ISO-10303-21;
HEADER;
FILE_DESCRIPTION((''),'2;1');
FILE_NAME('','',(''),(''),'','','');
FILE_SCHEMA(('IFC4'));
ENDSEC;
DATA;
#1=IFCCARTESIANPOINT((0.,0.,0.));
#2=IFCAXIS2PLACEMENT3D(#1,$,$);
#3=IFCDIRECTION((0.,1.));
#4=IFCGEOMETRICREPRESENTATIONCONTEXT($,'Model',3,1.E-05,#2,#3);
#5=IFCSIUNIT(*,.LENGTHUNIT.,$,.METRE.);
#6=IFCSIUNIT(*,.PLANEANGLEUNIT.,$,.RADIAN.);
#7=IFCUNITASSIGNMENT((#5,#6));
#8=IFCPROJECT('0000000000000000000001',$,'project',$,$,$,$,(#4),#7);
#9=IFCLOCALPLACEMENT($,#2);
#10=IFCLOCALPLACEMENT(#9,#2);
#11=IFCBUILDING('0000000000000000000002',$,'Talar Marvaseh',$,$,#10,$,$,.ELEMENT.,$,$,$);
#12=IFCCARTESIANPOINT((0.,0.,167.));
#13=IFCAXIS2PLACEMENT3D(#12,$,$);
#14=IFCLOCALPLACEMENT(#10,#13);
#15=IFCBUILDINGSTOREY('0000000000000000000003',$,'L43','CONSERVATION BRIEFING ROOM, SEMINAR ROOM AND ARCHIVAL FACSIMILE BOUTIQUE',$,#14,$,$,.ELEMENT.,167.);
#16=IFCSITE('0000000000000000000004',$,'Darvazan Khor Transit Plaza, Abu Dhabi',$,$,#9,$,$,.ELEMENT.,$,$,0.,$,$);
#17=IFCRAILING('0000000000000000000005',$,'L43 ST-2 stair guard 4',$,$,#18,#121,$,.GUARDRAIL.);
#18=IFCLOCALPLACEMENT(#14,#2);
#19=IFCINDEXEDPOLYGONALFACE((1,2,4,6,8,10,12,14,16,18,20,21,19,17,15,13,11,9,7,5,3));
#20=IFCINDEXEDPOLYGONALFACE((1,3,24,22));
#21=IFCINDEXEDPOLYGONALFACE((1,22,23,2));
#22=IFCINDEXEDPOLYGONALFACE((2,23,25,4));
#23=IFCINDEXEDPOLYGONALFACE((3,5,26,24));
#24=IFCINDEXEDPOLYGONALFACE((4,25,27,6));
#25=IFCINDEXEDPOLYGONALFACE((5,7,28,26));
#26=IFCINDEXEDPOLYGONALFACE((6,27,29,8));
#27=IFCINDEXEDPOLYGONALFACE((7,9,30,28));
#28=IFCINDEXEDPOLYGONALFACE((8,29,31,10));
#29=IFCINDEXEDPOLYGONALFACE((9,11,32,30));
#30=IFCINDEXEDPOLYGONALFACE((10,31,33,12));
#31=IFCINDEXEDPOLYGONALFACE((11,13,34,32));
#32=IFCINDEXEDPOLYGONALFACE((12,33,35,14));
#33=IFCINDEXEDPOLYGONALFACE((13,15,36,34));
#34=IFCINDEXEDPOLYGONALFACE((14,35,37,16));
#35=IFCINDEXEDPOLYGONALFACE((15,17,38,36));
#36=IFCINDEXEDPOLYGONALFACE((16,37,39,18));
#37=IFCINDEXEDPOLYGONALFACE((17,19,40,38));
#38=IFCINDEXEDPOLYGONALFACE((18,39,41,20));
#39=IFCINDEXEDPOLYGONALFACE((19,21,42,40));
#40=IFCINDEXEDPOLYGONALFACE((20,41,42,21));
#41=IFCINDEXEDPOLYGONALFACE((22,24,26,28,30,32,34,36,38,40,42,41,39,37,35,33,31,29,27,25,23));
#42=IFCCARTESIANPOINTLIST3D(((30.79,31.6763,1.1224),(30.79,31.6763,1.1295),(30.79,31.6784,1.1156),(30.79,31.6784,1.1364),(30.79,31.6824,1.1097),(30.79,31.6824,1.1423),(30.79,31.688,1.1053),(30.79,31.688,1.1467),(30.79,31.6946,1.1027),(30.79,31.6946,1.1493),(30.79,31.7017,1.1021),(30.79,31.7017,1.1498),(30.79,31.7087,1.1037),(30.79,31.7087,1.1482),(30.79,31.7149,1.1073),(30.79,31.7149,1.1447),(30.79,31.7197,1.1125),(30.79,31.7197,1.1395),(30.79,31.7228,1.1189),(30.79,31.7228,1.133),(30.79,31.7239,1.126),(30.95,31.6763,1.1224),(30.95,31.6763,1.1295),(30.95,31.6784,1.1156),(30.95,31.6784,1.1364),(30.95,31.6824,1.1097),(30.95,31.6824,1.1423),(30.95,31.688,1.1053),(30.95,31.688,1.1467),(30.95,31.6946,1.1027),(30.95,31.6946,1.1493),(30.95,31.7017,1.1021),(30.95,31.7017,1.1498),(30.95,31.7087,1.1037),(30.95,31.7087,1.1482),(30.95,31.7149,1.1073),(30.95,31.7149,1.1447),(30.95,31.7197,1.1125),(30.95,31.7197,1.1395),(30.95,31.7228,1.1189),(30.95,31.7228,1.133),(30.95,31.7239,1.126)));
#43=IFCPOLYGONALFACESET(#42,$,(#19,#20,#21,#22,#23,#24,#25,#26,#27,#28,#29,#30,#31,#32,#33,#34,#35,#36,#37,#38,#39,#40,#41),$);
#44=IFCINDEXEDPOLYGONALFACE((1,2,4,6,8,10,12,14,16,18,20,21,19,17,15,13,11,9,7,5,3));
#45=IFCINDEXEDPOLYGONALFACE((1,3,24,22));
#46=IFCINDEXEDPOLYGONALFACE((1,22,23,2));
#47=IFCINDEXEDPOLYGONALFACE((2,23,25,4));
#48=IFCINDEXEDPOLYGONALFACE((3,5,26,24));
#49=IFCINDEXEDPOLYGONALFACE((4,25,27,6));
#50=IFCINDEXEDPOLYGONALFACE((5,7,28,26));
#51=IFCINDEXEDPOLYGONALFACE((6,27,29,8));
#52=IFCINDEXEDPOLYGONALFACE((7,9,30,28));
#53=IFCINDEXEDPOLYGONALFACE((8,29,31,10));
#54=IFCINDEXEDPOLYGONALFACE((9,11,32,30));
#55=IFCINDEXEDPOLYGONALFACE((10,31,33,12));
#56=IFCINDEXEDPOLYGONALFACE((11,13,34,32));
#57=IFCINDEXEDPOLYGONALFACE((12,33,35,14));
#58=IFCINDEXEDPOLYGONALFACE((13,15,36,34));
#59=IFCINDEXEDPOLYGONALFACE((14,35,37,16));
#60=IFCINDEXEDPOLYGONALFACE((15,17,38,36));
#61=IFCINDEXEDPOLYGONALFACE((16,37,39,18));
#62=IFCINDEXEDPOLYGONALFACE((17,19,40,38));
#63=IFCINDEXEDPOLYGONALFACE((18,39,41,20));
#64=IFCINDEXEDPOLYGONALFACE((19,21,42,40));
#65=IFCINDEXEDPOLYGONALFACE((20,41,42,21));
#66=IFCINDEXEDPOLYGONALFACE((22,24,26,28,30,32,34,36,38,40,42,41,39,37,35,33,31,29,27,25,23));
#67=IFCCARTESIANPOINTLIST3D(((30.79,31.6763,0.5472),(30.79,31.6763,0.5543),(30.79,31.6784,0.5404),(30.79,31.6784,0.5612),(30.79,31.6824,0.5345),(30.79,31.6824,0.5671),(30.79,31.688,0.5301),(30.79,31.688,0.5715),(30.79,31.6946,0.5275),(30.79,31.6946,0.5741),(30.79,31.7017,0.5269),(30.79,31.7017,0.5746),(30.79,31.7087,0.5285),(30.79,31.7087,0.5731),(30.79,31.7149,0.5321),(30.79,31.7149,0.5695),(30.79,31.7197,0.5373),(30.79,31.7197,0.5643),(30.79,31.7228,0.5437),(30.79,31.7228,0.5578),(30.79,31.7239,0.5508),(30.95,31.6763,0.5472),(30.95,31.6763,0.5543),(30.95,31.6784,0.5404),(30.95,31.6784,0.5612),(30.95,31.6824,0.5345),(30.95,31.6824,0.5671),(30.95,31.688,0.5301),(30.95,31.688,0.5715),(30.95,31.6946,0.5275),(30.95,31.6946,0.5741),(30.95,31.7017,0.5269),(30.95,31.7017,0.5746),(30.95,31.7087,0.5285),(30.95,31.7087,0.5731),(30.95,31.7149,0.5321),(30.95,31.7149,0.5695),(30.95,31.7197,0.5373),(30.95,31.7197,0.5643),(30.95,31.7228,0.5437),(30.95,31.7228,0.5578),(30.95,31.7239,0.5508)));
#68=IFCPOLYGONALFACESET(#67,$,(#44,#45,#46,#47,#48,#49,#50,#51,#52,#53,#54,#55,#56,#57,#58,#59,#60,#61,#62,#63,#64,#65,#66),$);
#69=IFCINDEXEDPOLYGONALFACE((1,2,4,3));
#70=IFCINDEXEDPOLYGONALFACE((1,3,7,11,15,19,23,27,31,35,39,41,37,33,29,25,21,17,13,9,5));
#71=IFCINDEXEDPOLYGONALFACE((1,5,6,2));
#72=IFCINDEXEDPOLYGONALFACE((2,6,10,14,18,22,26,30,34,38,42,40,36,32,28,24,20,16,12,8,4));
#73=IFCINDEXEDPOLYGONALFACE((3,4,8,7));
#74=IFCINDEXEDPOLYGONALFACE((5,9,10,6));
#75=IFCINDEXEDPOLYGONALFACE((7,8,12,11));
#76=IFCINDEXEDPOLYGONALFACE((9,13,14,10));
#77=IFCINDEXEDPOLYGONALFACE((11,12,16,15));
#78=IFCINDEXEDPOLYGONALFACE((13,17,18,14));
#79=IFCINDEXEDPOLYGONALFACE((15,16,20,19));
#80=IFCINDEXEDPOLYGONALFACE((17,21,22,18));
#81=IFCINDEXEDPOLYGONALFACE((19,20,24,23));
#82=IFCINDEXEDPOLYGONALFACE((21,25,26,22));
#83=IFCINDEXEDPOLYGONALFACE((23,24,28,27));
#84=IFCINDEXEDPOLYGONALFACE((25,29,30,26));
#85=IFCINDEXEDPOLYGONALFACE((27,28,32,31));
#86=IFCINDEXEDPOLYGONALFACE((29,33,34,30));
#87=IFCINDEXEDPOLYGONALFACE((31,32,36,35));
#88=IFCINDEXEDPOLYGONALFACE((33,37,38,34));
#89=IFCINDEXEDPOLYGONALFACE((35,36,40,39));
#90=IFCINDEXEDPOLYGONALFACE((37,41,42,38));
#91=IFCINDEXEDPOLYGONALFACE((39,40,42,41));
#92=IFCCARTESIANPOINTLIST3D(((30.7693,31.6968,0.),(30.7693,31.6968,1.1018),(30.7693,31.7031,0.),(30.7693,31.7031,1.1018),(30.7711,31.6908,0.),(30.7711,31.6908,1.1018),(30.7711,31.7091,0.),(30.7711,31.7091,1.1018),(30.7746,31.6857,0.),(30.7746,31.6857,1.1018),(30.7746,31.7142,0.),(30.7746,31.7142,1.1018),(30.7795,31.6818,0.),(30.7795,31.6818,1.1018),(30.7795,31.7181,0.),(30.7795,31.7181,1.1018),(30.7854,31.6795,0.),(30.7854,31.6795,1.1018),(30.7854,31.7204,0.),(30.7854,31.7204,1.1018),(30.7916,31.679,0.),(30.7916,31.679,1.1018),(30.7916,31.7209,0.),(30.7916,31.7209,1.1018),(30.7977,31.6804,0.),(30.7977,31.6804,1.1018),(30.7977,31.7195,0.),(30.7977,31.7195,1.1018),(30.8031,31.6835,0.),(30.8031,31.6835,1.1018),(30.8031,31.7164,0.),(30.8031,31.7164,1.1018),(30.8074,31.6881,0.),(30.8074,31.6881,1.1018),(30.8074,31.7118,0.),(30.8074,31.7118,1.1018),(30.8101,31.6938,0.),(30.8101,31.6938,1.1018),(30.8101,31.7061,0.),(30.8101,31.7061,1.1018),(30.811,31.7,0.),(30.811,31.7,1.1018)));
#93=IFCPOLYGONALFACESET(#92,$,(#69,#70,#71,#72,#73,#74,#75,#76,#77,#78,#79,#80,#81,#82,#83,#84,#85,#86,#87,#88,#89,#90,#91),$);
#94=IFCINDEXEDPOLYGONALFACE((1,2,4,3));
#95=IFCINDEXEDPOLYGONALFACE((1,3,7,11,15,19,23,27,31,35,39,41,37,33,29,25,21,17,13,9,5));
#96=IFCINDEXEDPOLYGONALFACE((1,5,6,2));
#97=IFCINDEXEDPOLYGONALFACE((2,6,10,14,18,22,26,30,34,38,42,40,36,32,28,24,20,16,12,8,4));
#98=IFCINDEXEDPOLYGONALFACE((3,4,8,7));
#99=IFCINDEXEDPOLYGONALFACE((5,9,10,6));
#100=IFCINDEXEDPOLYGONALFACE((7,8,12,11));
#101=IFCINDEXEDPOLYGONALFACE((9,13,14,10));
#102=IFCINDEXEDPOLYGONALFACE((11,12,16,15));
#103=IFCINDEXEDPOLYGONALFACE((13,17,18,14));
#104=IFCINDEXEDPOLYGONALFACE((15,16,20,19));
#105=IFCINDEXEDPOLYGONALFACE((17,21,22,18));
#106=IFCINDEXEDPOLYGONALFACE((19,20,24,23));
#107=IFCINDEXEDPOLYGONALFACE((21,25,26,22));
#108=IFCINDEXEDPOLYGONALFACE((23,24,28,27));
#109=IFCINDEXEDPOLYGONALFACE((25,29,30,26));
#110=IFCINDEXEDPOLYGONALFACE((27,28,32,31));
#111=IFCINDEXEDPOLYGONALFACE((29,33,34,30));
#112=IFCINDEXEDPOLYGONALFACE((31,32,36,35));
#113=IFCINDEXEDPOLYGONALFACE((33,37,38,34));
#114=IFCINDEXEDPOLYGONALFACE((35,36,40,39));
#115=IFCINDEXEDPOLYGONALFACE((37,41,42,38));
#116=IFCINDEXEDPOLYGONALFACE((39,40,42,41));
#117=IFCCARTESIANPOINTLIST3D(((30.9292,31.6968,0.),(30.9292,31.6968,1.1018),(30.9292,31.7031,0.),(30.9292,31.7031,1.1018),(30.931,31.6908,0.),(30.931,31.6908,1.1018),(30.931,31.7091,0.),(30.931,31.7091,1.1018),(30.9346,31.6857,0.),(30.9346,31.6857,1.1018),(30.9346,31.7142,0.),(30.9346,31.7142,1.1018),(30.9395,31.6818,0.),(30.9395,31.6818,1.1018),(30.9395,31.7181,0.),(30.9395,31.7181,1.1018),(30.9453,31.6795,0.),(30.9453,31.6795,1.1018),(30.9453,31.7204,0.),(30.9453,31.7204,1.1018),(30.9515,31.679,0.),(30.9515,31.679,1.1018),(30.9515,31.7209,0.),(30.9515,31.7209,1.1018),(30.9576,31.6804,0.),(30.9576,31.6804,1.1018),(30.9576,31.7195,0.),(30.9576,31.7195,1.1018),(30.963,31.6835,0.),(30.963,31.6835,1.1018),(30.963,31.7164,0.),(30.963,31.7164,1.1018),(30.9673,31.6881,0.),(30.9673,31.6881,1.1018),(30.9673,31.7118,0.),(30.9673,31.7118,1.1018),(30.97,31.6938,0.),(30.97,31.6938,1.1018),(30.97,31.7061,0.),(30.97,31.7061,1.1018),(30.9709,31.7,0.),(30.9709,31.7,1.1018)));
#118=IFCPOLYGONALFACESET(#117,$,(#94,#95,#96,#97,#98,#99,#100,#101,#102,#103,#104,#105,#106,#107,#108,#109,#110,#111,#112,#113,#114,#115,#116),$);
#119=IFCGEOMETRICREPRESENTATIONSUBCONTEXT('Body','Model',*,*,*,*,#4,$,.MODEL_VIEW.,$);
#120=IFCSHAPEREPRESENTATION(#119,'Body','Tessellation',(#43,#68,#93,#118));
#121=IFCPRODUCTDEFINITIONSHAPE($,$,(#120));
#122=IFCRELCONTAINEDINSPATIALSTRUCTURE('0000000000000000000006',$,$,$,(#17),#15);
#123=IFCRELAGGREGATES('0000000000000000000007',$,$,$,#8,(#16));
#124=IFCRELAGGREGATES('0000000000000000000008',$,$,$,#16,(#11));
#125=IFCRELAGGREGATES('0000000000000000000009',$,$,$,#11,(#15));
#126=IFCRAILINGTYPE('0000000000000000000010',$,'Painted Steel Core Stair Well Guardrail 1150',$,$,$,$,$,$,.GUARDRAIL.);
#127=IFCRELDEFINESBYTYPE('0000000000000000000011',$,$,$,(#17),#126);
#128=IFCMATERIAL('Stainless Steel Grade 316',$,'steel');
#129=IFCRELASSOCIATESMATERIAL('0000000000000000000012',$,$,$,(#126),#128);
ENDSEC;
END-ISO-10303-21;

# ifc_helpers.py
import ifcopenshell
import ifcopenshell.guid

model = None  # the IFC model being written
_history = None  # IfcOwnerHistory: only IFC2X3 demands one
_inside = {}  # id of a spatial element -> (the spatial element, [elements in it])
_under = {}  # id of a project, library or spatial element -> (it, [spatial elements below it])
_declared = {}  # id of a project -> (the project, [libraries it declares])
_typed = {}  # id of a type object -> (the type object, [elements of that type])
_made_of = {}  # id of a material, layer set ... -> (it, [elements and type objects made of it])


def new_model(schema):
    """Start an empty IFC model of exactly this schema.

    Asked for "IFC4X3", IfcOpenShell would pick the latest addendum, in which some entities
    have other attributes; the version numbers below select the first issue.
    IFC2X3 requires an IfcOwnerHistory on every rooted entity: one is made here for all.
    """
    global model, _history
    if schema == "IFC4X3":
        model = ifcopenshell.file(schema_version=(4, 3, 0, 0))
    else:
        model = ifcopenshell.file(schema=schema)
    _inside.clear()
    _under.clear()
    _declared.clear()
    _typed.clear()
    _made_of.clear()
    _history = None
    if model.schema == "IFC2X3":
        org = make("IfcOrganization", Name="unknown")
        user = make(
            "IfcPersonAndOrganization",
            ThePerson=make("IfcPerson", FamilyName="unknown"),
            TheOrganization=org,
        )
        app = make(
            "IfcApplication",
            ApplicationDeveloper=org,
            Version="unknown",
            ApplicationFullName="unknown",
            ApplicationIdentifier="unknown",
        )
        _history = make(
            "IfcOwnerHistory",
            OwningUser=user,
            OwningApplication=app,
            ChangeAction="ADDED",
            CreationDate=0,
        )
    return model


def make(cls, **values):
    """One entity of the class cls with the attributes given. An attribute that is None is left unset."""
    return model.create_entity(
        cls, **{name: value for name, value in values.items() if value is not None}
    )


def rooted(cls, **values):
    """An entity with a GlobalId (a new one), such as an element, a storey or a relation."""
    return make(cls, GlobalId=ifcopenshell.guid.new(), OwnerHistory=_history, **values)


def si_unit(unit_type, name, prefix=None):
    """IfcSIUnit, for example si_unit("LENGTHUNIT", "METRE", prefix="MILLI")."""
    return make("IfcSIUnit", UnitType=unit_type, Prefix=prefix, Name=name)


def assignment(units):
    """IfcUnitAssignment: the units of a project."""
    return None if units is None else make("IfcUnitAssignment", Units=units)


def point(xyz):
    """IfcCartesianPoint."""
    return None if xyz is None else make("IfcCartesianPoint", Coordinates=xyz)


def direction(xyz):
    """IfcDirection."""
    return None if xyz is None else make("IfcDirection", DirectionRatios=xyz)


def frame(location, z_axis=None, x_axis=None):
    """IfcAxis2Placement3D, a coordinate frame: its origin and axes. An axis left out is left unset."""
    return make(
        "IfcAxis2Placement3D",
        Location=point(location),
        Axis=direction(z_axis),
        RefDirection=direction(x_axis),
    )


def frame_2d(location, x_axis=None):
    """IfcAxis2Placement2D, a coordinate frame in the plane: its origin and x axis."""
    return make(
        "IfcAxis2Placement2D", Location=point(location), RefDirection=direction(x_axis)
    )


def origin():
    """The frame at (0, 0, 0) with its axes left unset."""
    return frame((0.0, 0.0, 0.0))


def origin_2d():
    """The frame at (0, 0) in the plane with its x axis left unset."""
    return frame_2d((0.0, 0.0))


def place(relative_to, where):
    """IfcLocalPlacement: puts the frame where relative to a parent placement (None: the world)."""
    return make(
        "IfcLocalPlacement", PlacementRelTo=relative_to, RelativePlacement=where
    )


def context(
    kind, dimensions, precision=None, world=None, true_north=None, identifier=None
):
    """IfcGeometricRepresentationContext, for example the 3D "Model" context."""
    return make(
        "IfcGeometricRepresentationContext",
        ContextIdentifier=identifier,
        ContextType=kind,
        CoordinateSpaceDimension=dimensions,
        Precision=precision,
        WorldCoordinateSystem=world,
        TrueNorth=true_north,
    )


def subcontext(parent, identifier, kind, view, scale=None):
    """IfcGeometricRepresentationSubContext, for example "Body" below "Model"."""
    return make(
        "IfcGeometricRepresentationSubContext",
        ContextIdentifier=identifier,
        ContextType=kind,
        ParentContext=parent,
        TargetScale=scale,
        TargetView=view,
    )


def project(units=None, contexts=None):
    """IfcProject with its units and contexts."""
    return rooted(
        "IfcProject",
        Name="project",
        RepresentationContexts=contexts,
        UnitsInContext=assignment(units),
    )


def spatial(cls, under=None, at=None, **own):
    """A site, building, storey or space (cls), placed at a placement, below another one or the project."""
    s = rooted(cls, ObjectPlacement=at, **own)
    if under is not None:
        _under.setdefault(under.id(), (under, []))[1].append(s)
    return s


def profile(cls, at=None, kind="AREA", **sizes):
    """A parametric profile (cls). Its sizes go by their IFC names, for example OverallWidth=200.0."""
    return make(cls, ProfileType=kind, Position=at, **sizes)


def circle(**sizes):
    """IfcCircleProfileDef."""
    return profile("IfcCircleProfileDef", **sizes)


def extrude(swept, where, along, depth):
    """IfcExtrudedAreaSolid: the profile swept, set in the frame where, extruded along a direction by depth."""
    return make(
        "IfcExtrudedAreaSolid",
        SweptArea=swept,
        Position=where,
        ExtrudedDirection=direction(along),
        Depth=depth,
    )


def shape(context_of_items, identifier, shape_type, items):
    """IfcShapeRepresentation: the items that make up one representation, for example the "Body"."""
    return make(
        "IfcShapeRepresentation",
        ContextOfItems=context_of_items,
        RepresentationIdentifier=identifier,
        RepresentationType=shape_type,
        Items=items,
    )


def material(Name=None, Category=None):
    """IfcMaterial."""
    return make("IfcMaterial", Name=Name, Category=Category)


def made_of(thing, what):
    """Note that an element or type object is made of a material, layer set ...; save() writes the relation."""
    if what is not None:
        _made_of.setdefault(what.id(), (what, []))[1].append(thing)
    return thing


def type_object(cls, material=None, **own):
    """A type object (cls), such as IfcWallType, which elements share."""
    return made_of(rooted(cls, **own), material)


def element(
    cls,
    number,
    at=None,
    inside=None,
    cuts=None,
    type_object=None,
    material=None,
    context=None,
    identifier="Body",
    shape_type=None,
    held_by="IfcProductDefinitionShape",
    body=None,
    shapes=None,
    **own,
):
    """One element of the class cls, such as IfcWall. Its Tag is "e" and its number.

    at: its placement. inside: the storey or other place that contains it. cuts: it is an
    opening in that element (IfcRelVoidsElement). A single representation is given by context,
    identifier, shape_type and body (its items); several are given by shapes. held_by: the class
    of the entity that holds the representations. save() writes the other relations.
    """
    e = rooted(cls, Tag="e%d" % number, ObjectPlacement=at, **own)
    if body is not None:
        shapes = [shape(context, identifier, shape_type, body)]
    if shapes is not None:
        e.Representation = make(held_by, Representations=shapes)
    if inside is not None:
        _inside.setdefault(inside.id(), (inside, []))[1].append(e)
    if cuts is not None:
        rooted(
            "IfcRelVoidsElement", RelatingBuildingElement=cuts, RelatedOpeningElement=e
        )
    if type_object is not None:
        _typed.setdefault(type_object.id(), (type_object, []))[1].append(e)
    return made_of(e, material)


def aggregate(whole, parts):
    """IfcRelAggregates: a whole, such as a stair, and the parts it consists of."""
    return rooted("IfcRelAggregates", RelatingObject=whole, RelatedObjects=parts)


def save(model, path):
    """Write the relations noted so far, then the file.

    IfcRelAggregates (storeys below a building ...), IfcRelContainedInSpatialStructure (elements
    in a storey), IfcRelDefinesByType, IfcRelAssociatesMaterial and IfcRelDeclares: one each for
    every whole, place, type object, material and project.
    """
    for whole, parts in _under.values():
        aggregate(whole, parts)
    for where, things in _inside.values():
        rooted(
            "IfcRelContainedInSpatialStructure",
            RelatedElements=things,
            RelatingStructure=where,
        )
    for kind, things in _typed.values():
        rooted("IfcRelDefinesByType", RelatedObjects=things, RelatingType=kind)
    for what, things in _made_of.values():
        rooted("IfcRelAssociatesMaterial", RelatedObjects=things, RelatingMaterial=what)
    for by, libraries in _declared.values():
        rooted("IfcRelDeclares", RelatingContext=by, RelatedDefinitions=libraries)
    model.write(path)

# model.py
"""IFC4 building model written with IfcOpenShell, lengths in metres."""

from ifc_helpers import new_model, si_unit, direction, frame, origin, origin_2d, place, context, subcontext, project, spatial, circle, extrude, material, type_object, element, save


model = new_model("IFC4")

# Units and contexts
model_context = context("Model", 3, precision=1e-05, world=origin(), true_north=direction((0.0, 1.0)))
body_context = subcontext(model_context, "Body", "Model", "MODEL_VIEW")
ifc_project = project(units=[si_unit("LENGTHUNIT", "METRE"), si_unit("PLANEANGLEUNIT", "RADIAN")], contexts=[model_context])

# Site, building, storey
site_placement = place(None, origin())
site = spatial("IfcSite", under=ifc_project, at=site_placement, Name="Darvazan Khor Transit Plaza, Abu Dhabi", CompositionType="ELEMENT", RefElevation=0.0)
building_placement = place(site_placement, origin())
building = spatial("IfcBuilding", under=site, at=building_placement, Name="Talar Marvaseh", CompositionType="ELEMENT")
storey_placement = place(building_placement, frame((0.0, 0.0, 167.0)))
storey = spatial("IfcBuildingStorey", under=building, at=storey_placement, Name="L43", Description="CONSERVATION BRIEFING ROOM, SEMINAR ROOM AND ARCHIVAL FACSIMILE BOUTIQUE", CompositionType="ELEMENT", Elevation=167.0)

# Shared definitions
ifc_material_1 = material(Name="Stainless Steel Grade 316", Category="steel")

# Railing
railing_type_1 = type_object("IfcRailingType", Name="Painted Steel Core Stair Well Guardrail 1150", PredefinedType="GUARDRAIL", material=ifc_material_1)
railing_1_placement = place(storey_placement, frame((30.79, 31.7, 0.0)))
element("IfcRailing", 1, at=railing_1_placement, inside=storey, type_object=railing_type_1, Name="L43 ST-2 stair guard 4", PredefinedType="GUARDRAIL", context=body_context, shape_type="SweptSolid", body=[
    extrude(circle(Radius=0.0239, at=origin_2d()), frame((0.0, 0.0, 1.126), z_axis=(1.0, 0.0, 0.0), x_axis=(0.0, 1.0, 0.0)), (0.0, 0.0, 1.0), 0.1599),
    extrude(circle(Radius=0.0239, at=origin_2d()), frame((0.0, 0.0, 0.5508), z_axis=(1.0, 0.0, 0.0), x_axis=(0.0, 1.0, 0.0)), (0.0, 0.0, 1.0), 0.1599),
    extrude(circle(Radius=0.021, at=origin_2d()), origin(), (0.0, 0.0, 1.0), 1.1018),
    extrude(circle(Radius=0.021, at=origin_2d()), frame((0.1599, 0.0, 0.0)), (0.0, 0.0, 1.0), 1.1018),
])

save(model, "model.ifc")
